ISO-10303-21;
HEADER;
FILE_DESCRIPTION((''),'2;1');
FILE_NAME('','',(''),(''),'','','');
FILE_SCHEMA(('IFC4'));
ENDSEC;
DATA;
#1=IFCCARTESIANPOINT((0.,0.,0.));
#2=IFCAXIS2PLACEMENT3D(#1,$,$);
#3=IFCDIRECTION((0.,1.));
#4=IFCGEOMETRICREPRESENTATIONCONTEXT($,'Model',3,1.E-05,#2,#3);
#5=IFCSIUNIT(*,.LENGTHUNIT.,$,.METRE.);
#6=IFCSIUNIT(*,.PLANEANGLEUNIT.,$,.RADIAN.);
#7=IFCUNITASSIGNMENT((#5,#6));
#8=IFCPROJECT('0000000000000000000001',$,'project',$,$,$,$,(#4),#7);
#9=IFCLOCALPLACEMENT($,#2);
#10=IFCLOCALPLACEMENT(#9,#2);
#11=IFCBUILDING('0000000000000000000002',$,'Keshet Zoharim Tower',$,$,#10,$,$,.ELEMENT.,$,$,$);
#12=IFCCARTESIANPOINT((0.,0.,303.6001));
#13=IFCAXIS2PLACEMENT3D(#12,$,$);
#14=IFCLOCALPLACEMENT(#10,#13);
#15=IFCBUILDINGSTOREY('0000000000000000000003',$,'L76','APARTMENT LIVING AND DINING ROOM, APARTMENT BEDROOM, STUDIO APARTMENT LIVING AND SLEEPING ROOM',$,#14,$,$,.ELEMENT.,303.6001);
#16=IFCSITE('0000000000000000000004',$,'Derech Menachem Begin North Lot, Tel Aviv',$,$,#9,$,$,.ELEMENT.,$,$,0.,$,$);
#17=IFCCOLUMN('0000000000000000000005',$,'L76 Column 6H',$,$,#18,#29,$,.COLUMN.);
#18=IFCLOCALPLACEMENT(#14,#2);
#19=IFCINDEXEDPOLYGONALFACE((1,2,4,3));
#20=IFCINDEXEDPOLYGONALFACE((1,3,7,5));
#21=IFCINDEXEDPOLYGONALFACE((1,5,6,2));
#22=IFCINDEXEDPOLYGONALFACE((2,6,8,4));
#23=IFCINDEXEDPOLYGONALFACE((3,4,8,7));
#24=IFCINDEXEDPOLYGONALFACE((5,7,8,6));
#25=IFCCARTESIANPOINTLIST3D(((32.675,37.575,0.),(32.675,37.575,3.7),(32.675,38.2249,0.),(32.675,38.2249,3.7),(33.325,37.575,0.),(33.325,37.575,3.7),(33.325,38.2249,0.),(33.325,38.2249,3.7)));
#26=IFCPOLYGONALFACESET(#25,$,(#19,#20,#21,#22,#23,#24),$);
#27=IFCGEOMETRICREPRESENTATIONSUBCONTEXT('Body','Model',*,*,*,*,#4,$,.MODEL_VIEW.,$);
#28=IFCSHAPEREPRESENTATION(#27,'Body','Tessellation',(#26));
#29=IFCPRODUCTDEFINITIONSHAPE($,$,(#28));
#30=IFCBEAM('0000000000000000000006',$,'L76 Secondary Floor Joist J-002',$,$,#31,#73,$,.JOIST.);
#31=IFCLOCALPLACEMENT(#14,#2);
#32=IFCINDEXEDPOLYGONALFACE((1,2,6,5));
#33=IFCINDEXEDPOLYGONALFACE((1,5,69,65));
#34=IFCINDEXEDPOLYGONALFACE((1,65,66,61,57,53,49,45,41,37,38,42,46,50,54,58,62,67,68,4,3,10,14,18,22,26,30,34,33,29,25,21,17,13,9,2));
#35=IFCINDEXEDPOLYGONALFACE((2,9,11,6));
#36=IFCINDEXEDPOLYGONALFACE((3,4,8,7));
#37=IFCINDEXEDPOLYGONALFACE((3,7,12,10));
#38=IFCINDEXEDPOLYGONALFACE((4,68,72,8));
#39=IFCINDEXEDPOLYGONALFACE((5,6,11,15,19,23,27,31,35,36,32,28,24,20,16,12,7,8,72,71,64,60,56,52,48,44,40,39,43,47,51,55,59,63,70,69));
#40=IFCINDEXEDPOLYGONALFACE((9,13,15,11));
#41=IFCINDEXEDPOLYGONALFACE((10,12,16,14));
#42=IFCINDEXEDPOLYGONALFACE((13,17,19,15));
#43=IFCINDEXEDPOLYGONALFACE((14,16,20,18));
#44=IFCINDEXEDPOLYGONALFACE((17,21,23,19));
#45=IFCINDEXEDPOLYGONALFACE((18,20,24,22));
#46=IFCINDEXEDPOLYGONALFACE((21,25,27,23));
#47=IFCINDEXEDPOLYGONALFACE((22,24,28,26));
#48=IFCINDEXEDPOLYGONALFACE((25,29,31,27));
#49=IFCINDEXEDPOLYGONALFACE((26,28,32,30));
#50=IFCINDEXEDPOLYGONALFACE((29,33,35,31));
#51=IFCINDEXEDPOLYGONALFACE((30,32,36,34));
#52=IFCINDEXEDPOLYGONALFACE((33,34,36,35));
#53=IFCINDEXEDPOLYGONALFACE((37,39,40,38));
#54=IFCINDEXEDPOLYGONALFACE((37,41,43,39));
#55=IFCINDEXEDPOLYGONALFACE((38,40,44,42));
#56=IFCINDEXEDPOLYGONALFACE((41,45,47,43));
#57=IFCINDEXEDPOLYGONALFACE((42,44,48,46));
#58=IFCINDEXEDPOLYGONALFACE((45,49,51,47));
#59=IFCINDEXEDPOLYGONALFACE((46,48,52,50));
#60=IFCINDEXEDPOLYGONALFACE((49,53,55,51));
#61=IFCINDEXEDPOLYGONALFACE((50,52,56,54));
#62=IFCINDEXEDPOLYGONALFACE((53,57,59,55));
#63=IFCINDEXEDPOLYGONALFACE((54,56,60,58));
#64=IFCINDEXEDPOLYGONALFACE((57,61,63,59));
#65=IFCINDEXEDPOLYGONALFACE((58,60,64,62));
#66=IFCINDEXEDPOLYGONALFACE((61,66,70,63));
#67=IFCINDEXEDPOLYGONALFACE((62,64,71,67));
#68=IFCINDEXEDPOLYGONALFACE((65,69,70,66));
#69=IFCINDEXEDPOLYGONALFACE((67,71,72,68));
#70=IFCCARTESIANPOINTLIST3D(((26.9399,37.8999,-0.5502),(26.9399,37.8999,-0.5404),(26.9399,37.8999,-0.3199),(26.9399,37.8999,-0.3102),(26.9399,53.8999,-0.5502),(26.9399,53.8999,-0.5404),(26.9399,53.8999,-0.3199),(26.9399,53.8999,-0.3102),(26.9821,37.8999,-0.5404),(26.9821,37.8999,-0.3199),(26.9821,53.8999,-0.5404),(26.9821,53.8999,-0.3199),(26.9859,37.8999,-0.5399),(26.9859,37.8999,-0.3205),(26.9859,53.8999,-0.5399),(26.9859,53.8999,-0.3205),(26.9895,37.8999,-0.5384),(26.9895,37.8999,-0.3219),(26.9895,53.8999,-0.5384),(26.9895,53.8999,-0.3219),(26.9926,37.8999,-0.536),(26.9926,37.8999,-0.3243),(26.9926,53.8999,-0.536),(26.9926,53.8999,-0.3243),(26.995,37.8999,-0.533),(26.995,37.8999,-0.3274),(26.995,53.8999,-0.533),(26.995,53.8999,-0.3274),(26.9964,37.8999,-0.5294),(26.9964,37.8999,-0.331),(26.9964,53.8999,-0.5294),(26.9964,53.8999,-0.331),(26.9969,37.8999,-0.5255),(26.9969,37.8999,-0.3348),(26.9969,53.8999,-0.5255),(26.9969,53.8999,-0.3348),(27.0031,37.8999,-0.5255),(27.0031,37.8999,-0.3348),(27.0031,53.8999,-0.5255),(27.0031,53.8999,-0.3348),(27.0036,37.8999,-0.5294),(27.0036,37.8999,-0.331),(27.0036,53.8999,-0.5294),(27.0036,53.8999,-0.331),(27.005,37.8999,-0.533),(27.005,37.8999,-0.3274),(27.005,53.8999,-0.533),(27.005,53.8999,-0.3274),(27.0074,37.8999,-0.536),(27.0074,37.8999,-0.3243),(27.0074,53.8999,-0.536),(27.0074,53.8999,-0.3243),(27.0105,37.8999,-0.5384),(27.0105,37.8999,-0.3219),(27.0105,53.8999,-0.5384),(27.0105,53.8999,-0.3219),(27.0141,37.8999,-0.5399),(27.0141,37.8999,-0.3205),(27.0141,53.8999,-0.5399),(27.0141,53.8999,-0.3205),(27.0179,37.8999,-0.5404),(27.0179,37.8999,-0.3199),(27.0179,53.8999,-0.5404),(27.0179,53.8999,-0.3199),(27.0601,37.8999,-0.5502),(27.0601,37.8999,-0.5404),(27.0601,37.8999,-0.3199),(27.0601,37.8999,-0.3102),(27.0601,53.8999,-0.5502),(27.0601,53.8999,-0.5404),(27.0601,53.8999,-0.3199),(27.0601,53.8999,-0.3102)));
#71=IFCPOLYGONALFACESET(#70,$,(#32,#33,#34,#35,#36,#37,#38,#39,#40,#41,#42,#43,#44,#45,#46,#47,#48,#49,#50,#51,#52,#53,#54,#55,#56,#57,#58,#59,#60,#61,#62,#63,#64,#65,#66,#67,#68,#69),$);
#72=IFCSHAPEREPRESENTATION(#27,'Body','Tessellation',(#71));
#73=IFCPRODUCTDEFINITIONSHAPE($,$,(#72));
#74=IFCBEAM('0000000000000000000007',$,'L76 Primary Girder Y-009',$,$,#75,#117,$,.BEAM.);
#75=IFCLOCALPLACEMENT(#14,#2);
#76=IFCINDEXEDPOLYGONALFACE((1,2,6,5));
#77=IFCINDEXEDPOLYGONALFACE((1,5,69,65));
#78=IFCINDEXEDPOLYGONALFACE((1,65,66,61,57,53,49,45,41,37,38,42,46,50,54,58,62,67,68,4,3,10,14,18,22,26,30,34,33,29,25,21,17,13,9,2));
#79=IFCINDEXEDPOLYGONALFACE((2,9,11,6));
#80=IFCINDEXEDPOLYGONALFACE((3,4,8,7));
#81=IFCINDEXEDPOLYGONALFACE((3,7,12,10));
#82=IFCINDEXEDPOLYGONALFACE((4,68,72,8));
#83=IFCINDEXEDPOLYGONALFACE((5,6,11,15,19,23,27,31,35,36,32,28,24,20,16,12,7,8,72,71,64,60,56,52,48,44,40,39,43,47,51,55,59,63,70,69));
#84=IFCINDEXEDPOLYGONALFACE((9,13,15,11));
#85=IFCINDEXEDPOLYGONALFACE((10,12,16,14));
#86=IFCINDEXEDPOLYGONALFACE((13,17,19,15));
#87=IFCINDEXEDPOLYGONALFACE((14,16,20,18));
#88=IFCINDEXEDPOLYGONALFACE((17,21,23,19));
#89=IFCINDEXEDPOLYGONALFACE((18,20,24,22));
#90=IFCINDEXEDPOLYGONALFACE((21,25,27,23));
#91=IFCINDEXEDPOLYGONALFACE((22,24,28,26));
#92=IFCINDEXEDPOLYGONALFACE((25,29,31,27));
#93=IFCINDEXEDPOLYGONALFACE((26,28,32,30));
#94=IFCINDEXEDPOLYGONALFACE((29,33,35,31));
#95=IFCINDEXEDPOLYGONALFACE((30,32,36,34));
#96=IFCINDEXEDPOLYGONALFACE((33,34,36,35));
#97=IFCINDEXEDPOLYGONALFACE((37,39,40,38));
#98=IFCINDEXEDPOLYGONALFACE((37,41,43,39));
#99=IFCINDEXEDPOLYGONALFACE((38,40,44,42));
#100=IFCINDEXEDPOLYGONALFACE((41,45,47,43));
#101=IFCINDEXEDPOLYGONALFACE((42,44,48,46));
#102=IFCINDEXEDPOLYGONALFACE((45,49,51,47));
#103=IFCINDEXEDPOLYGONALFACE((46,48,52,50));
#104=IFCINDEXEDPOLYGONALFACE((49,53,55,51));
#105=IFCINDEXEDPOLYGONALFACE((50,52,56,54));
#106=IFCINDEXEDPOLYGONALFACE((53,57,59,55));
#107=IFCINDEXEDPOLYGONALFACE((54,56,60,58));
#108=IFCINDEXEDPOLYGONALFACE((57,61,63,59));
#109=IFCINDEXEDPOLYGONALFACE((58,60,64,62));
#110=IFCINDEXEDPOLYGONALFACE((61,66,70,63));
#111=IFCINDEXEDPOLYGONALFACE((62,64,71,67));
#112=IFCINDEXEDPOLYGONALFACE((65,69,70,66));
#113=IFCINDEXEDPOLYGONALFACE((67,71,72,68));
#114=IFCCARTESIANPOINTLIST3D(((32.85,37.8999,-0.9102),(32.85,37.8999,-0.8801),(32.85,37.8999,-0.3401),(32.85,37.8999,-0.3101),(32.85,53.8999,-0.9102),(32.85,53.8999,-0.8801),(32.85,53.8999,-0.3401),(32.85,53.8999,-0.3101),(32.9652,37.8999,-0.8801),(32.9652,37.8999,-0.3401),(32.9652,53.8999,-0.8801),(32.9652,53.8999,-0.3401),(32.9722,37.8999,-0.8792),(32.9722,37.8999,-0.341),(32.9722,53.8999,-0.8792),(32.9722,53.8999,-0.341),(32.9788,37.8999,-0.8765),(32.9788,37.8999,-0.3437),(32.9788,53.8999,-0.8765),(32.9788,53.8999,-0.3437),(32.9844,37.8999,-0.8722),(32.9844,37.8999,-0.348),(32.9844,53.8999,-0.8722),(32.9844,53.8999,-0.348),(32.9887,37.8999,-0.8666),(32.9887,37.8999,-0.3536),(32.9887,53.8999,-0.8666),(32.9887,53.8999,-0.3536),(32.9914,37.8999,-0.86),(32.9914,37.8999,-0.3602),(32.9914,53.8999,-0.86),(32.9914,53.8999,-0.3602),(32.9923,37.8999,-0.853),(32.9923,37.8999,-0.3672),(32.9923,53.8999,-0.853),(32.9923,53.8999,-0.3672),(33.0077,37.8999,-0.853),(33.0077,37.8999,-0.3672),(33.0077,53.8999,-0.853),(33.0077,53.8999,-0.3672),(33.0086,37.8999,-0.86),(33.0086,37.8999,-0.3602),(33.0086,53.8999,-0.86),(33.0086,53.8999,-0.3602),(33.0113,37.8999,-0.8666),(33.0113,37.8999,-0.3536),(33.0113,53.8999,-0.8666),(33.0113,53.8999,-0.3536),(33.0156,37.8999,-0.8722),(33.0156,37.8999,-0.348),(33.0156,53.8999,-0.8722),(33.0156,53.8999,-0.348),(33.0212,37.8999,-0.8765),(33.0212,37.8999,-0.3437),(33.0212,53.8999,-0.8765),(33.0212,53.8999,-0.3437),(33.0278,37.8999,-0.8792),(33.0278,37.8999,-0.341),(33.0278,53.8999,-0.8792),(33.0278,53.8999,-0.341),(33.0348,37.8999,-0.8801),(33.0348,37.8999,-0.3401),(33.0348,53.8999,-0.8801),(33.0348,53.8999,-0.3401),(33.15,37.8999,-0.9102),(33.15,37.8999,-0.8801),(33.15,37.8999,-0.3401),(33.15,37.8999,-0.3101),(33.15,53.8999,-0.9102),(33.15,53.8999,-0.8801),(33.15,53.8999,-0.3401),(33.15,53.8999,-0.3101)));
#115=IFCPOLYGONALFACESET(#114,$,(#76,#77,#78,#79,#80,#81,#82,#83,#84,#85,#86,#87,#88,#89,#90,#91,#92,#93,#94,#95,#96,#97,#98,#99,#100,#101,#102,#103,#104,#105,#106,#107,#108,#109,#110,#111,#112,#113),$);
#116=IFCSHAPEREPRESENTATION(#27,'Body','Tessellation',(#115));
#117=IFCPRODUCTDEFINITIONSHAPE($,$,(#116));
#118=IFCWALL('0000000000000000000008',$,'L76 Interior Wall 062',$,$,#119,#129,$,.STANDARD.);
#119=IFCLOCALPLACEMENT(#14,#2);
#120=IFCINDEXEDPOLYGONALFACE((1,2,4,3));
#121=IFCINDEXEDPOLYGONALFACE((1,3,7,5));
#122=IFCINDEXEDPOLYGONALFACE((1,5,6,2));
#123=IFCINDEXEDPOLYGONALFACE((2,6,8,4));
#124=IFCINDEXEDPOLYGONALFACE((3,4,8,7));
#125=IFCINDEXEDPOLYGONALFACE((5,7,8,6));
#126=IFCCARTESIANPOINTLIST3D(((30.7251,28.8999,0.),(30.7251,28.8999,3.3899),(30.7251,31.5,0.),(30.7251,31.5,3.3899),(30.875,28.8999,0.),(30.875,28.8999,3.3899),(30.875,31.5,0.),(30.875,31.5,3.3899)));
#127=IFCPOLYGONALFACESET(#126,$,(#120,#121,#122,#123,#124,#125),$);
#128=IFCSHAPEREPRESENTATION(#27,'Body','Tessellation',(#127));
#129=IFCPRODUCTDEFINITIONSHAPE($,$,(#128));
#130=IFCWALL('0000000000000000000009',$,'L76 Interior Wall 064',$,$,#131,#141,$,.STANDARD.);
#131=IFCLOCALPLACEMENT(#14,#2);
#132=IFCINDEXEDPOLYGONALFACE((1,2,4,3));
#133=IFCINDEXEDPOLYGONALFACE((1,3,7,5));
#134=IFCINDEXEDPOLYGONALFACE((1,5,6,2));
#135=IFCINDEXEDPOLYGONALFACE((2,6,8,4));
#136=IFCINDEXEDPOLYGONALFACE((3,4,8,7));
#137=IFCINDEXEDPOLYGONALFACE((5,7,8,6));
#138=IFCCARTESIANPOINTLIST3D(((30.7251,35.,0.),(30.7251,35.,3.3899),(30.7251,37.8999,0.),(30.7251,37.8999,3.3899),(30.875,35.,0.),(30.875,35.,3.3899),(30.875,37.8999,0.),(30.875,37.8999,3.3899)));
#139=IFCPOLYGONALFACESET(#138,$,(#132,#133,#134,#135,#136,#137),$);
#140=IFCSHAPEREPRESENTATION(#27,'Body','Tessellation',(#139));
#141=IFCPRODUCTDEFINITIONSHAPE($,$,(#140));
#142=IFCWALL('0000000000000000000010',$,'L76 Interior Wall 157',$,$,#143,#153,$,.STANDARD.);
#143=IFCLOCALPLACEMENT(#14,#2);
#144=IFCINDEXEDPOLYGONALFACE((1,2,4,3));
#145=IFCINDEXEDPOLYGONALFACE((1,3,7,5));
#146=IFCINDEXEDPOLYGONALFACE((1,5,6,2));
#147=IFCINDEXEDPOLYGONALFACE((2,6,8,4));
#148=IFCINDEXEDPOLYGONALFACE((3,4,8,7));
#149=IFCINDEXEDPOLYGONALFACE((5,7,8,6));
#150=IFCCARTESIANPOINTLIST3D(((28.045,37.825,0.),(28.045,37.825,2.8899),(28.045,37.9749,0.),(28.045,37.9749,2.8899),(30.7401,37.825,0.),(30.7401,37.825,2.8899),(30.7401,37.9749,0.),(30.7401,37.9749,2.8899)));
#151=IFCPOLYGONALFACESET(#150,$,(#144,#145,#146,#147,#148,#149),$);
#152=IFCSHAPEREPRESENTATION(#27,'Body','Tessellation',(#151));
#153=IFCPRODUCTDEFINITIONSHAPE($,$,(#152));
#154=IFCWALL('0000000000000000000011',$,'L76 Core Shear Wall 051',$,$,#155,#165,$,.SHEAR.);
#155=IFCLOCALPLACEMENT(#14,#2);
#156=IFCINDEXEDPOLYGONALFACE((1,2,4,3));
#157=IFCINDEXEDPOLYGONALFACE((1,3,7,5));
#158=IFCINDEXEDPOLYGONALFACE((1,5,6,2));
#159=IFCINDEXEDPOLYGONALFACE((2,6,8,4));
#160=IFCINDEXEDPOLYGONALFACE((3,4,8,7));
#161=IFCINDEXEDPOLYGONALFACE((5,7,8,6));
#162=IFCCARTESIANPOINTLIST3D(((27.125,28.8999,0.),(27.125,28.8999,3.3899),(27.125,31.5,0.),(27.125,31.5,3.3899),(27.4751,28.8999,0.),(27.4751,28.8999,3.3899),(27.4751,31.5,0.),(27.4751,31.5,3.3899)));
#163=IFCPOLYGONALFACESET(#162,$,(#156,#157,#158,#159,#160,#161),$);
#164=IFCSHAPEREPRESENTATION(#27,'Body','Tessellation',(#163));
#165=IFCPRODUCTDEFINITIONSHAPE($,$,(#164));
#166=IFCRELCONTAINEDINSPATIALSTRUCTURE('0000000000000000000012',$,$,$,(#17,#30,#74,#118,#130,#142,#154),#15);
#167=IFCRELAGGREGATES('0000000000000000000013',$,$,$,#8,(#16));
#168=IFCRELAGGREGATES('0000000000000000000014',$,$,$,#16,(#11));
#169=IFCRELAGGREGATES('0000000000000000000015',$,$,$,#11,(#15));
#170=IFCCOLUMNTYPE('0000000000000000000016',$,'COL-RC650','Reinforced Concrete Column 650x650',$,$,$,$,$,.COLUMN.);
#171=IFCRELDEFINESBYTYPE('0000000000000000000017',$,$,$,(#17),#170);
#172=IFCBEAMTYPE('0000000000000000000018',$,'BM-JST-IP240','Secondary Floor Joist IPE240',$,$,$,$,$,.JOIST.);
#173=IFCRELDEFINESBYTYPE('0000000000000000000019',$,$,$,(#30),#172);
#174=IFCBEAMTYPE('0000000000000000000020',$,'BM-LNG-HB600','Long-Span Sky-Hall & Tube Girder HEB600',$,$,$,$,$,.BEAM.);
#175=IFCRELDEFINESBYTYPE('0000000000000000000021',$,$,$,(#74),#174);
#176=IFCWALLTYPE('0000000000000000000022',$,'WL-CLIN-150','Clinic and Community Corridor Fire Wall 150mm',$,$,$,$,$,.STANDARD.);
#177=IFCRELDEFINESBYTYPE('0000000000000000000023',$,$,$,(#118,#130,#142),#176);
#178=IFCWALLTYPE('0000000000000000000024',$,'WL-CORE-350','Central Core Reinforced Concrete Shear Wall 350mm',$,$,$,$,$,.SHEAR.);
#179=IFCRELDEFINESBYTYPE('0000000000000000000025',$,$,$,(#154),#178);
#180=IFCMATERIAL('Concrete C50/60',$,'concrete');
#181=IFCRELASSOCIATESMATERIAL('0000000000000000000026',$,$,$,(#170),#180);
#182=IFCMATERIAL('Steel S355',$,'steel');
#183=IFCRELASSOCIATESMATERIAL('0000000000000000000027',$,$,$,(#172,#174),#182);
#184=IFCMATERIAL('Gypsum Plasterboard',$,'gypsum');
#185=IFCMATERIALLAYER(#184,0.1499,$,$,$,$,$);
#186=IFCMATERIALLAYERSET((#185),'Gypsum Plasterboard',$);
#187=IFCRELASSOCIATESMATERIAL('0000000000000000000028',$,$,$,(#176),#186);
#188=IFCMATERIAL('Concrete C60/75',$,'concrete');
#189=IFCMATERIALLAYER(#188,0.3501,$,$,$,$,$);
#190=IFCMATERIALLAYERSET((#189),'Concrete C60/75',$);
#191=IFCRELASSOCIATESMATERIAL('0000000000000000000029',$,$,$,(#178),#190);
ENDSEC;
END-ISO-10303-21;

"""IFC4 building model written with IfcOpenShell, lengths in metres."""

from ifc_helpers import new_model, si_unit, direction, frame, frame_2d, origin, origin_2d, place, context, subcontext, project, spatial, rectangle, i_section, extrude, material, layer, layer_set, material_profile, profile_set, type_object, element, save


model = new_model("IFC4")

# Units and contexts
model_context = context("Model", 3, precision=1e-05, world=origin(), true_north=direction((0.0, 1.0)))
body_context = subcontext(model_context, "Body", "Model", "MODEL_VIEW")
ifc_project = project(units=[si_unit("LENGTHUNIT", "METRE"), si_unit("PLANEANGLEUNIT", "RADIAN")], contexts=[model_context])

# Site, building, storey
site_placement = place(None, origin())
site = spatial("IfcSite", under=ifc_project, at=site_placement, Name="Derech Menachem Begin North Lot, Tel Aviv", CompositionType="ELEMENT", RefElevation=0.0)
building_placement = place(site_placement, origin())
building = spatial("IfcBuilding", under=site, at=building_placement, Name="Keshet Zoharim Tower", CompositionType="ELEMENT")
storey_placement = place(building_placement, frame((0.0, 0.0, 303.6001)))
storey = spatial("IfcBuildingStorey", under=building, at=storey_placement, Name="L76", Description="APARTMENT LIVING AND DINING ROOM, APARTMENT BEDROOM, STUDIO APARTMENT LIVING AND SLEEPING ROOM", CompositionType="ELEMENT", Elevation=303.6001)

# Column
ifc_material_1 = material(Name="Concrete C50/60", Category="concrete")
ifc_material_profile_1 = material_profile(ifc_material_1, rectangle(XDim=0.6499, YDim=0.6499, at=origin_2d()), Name="RC650x650")
ifc_profile_set_1 = profile_set([ifc_material_profile_1], Name="Concrete C50/60")
column_type = type_object("IfcColumnType", Name="COL-RC650", Description="Reinforced Concrete Column 650x650", PredefinedType="COLUMN", material=ifc_profile_set_1)
column_placement = place(storey_placement, frame((33.0, 37.8999, 0.0), z_axis=(0.0, 0.0, 1.0), x_axis=(1.0, 0.0, 0.0)))
element("IfcColumn", 1, at=column_placement, inside=storey, type_object=column_type, Name="L76 Column 6H", PredefinedType="COLUMN", context=body_context, shape_type="SweptSolid", body=[
    extrude(rectangle(XDim=0.6499, YDim=0.6499, at=origin_2d()), origin(), (0.0, 0.0, 1.0), 3.7),
])

# Beams
ifc_material_2 = material(Name="Steel S355", Category="steel")
ifc_material_profile_2 = material_profile(ifc_material_2, i_section(OverallWidth=0.1201, OverallDepth=0.24, WebThickness=0.0061, FlangeThickness=0.0098, FilletRadius=0.0149, at=origin_2d()), Name="IPE240")
ifc_profile_set_2 = profile_set([ifc_material_profile_2], Name="Steel S355")
beam_type_1 = type_object("IfcBeamType", Name="BM-JST-IP240", Description="Secondary Floor Joist IPE240", PredefinedType="JOIST", material=ifc_profile_set_2)
beam_1_placement = place(storey_placement, frame((27.0, 37.8999, -0.4302), z_axis=(0.0, 1.0, 0.0), x_axis=(-1.0, 0.0, 0.0)))
element("IfcBeam", 2, at=beam_1_placement, inside=storey, type_object=beam_type_1, Name="L76 Secondary Floor Joist J-002", PredefinedType="JOIST", context=body_context, shape_type="SweptSolid", body=[
    extrude(i_section(OverallWidth=0.1201, OverallDepth=0.24, WebThickness=0.0061, FlangeThickness=0.0098, FilletRadius=0.0149, at=origin_2d()), origin(), (0.0, 0.0, 1.0), 16.0),
])
ifc_material_profile_3 = material_profile(ifc_material_2, i_section(OverallWidth=0.3, OverallDepth=0.6001, WebThickness=0.0154, FlangeThickness=0.03, FilletRadius=0.0271, at=origin_2d()), Name="HEB600")
ifc_profile_set_3 = profile_set([ifc_material_profile_3], Name="Steel S355")
beam_type_2 = type_object("IfcBeamType", Name="BM-LNG-HB600", Description="Long-Span Sky-Hall & Tube Girder HEB600", PredefinedType="BEAM", material=ifc_profile_set_3)
beam_2_placement = place(storey_placement, frame((33.0, 37.8999, -0.6101), z_axis=(0.0, 1.0, 0.0), x_axis=(-1.0, 0.0, 0.0)))
element("IfcBeam", 3, at=beam_2_placement, inside=storey, type_object=beam_type_2, Name="L76 Primary Girder Y-009", PredefinedType="BEAM", context=body_context, shape_type="SweptSolid", body=[
    extrude(i_section(OverallWidth=0.3, OverallDepth=0.6001, WebThickness=0.0154, FlangeThickness=0.03, FilletRadius=0.0271, at=origin_2d()), origin(), (0.0, 0.0, 1.0), 16.0),
])

# Walls
ifc_material_3 = material(Name="Gypsum Plasterboard", Category="gypsum")
ifc_layer_1 = layer(ifc_material_3, 0.1499)
ifc_layer_set_1 = layer_set([ifc_layer_1], Name="Gypsum Plasterboard")
wall_type_1 = type_object("IfcWallType", Name="WL-CLIN-150", Description="Clinic and Community Corridor Fire Wall 150mm", PredefinedType="STANDARD", material=ifc_layer_set_1)
wall_1_placement = place(storey_placement, frame((30.8, 28.8999, 0.0), z_axis=(0.0, 0.0, 1.0), x_axis=(0.0, 1.0, 0.0)))
element("IfcWall", 4, at=wall_1_placement, inside=storey, type_object=wall_type_1, Name="L76 Interior Wall 062", PredefinedType="STANDARD", context=body_context, shape_type="SweptSolid", body=[
    extrude(rectangle(XDim=2.6001, YDim=0.1499, at=frame_2d((1.3, 0.0))), origin(), (0.0, 0.0, 1.0), 3.3899),
])
wall_2_placement = place(storey_placement, frame((30.8, 35.0, 0.0), z_axis=(0.0, 0.0, 1.0), x_axis=(0.0, 1.0, 0.0)))
element("IfcWall", 5, at=wall_2_placement, inside=storey, type_object=wall_type_1, Name="L76 Interior Wall 064", PredefinedType="STANDARD", context=body_context, shape_type="SweptSolid", body=[
    extrude(rectangle(XDim=2.8999, YDim=0.1499, at=frame_2d((1.45, 0.0))), origin(), (0.0, 0.0, 1.0), 3.3899),
])
wall_3_placement = place(storey_placement, frame((28.0449, 37.8999, 0.0), z_axis=(0.0, 0.0, 1.0), x_axis=(1.0, 0.0, 0.0)))
element("IfcWall", 6, at=wall_3_placement, inside=storey, type_object=wall_type_1, Name="L76 Interior Wall 157", PredefinedType="STANDARD", context=body_context, shape_type="SweptSolid", body=[
    extrude(rectangle(XDim=2.6951, YDim=0.1499, at=frame_2d((1.3477, 0.0))), origin(), (0.0, 0.0, 1.0), 2.8899),
])
ifc_material_4 = material(Name="Concrete C60/75", Category="concrete")
ifc_layer_2 = layer(ifc_material_4, 0.3501)
ifc_layer_set_2 = layer_set([ifc_layer_2], Name="Concrete C60/75")
wall_type_2 = type_object("IfcWallType", Name="WL-CORE-350", Description="Central Core Reinforced Concrete Shear Wall 350mm", PredefinedType="SHEAR", material=ifc_layer_set_2)
wall_4_placement = place(storey_placement, frame((27.3, 28.8999, 0.0), z_axis=(0.0, 0.0, 1.0), x_axis=(0.0, 1.0, 0.0)))
element("IfcWall", 7, at=wall_4_placement, inside=storey, type_object=wall_type_2, Name="L76 Core Shear Wall 051", PredefinedType="SHEAR", context=body_context, shape_type="SweptSolid", body=[
    extrude(rectangle(XDim=2.6001, YDim=0.3501, at=frame_2d((1.3, 0.0))), origin(), (0.0, 0.0, 1.0), 3.3899),
])

save(model, "model.ifc")
